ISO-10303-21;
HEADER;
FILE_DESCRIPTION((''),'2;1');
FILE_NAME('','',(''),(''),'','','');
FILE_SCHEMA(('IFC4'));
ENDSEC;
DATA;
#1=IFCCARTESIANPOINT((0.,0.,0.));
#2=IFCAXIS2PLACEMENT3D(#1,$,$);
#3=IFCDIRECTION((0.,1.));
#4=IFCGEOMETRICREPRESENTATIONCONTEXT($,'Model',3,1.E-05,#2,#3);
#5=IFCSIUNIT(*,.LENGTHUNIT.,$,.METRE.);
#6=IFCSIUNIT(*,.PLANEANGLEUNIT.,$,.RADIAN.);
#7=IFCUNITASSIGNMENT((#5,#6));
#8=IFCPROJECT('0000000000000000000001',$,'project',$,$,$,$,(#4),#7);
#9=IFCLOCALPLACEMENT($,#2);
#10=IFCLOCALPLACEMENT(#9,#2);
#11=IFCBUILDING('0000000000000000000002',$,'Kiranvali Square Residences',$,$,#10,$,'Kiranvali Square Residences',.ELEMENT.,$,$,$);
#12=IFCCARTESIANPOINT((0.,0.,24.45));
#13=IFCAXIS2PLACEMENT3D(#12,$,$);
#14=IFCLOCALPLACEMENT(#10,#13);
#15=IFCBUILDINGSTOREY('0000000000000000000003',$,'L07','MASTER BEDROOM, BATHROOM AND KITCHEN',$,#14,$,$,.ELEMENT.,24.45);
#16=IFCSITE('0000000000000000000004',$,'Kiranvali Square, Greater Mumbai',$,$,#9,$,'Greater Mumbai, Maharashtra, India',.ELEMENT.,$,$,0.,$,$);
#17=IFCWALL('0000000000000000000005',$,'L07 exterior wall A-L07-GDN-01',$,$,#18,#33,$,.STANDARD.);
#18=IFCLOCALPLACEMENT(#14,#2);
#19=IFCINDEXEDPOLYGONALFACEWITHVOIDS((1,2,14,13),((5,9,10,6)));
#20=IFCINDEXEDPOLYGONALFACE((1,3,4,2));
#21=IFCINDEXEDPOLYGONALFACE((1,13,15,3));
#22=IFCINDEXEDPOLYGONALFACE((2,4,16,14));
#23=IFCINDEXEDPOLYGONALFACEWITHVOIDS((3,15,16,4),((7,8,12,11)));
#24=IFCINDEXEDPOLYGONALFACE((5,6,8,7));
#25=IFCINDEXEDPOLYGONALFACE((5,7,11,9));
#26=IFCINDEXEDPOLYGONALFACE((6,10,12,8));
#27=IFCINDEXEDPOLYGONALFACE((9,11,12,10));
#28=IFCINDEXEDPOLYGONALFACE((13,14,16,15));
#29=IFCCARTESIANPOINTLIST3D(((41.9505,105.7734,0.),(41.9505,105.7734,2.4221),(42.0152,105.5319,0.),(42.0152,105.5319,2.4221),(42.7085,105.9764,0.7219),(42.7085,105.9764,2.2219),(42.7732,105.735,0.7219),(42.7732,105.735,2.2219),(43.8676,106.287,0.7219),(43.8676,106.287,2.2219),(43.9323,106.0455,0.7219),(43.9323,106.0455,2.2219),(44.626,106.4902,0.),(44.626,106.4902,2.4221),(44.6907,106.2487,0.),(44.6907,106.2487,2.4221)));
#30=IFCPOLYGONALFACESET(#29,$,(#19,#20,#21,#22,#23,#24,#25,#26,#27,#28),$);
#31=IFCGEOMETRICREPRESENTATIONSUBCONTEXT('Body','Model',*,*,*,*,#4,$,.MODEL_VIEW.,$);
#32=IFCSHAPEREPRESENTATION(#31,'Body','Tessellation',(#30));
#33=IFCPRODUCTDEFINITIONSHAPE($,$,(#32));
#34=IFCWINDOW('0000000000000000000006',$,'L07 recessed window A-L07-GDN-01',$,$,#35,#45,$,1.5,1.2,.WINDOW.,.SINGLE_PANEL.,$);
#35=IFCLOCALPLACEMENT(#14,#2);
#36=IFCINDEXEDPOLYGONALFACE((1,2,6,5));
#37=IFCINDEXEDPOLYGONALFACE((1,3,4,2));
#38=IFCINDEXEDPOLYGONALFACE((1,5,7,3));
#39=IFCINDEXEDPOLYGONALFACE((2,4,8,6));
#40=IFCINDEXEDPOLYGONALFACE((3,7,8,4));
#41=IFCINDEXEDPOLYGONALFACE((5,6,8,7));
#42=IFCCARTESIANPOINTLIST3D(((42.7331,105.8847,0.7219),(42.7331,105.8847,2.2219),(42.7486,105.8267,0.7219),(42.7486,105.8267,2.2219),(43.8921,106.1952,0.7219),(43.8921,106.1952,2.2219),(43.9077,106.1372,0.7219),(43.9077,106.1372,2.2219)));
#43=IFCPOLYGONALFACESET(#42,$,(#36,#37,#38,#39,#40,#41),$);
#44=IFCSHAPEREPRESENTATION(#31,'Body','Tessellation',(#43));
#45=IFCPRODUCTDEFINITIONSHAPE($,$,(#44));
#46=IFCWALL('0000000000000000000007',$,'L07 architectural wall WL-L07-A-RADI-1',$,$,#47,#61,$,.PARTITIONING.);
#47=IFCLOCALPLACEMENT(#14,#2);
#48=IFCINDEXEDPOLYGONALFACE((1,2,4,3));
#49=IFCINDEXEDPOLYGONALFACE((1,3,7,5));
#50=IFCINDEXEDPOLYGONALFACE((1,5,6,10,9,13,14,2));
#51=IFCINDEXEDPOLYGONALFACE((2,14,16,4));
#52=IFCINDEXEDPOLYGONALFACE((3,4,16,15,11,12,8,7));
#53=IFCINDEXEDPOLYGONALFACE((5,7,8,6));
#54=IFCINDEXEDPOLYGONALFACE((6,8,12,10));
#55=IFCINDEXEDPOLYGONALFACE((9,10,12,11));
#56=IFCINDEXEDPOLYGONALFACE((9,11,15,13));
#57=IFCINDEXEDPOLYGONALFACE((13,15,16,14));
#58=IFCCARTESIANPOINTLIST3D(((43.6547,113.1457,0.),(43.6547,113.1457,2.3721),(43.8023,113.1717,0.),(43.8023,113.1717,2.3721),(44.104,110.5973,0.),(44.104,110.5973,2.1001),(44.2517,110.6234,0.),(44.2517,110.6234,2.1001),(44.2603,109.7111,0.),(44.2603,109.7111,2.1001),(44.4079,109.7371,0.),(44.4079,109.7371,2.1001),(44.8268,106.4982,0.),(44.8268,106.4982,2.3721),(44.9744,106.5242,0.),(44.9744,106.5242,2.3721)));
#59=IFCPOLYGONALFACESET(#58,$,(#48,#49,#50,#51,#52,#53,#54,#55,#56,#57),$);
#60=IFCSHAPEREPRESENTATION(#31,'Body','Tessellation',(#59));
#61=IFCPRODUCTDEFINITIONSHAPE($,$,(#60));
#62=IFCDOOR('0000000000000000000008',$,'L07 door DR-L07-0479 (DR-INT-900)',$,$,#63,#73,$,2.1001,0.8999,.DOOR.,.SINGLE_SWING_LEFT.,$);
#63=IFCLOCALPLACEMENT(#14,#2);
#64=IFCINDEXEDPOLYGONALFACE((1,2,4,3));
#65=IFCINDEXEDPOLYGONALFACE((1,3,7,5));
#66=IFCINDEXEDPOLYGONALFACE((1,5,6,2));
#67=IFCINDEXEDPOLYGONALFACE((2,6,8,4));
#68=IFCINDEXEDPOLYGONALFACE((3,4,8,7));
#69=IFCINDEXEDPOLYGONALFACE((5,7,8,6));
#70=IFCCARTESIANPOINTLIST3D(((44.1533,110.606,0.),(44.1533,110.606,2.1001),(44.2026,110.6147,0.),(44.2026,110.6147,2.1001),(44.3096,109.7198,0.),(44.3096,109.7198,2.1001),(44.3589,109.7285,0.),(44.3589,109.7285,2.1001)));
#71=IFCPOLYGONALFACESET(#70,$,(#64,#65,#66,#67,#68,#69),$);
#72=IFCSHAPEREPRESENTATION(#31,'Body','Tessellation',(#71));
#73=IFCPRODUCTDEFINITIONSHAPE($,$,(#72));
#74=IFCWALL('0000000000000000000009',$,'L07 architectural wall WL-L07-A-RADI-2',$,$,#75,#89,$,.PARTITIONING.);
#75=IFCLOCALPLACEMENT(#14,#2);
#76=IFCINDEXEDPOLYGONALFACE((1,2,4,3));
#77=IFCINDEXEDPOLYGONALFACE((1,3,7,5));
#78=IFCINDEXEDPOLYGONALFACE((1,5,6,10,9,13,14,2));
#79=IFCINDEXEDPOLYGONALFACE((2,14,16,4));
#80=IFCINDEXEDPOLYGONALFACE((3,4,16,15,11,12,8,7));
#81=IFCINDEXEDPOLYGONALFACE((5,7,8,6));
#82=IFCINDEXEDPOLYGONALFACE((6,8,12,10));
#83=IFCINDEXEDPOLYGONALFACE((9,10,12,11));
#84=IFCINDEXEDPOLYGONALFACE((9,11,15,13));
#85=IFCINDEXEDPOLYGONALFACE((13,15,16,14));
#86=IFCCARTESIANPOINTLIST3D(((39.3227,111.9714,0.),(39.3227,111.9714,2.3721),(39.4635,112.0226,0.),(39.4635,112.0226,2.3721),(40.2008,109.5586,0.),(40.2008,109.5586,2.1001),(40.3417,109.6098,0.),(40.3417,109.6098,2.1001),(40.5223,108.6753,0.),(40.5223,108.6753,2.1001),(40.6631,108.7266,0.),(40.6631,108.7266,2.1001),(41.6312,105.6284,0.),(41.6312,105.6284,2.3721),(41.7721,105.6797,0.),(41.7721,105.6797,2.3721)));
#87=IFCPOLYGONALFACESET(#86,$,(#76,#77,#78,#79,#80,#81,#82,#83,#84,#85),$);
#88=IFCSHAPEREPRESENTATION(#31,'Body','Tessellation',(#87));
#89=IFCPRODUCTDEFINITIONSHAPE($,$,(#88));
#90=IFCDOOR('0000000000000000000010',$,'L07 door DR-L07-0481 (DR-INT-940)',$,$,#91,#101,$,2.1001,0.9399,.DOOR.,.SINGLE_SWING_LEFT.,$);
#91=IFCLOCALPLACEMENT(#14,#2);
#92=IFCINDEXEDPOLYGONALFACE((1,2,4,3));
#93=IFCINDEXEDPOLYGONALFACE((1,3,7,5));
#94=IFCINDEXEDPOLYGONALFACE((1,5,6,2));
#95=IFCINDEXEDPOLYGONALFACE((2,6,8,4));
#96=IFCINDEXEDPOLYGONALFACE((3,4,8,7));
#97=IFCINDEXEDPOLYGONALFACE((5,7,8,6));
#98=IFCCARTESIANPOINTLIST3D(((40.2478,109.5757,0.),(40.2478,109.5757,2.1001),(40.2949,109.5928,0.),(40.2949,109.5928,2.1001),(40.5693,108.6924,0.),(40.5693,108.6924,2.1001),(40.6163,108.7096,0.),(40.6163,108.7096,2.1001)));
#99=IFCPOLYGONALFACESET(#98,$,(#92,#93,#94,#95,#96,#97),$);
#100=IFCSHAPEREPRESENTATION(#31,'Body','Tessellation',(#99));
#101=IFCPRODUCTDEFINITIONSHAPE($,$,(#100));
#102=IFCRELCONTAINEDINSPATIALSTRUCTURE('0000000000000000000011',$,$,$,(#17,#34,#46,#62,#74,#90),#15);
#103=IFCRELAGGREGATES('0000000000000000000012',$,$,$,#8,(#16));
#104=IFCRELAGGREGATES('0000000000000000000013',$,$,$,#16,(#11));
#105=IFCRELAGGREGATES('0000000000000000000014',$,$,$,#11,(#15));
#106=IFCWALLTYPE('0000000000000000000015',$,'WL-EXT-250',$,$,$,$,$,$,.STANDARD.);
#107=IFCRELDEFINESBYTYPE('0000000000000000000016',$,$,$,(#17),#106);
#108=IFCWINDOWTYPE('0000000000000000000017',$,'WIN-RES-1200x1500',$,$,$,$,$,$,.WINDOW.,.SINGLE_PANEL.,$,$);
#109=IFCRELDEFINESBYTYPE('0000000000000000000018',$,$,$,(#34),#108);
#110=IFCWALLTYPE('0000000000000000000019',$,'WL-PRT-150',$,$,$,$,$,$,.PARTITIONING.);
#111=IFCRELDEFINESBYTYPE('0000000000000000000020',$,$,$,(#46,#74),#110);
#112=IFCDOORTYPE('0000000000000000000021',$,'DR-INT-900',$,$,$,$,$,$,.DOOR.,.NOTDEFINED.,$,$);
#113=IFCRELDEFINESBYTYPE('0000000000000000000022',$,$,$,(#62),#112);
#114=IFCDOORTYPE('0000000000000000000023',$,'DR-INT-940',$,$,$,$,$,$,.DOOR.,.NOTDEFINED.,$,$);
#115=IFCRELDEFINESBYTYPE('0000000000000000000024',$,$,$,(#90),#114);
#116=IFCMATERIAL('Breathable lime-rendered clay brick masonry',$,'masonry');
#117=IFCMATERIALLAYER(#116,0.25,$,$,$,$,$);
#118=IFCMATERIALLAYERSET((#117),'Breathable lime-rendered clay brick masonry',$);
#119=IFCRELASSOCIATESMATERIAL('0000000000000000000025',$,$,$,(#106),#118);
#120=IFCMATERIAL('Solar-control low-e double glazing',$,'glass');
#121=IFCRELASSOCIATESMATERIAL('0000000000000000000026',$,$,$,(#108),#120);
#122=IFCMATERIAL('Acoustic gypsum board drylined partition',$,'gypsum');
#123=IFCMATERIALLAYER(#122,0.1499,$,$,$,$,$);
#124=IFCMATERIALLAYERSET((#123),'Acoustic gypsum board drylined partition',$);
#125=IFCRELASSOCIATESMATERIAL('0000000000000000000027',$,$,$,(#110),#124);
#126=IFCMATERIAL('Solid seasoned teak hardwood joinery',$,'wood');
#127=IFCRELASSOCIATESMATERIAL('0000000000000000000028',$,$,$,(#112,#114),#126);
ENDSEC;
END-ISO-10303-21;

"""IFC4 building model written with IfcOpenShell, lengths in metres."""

from ifc_helpers import new_model, si_unit, direction, frame, frame_2d, origin, place, context, subcontext, project, spatial, rectangle, extrude, material, layer, layer_set, type_object, element, fill, save


model = new_model("IFC4")

# Units and contexts
model_context = context("Model", 3, precision=1e-05, world=origin(), true_north=direction((0.0, 1.0)))
body_context = subcontext(model_context, "Body", "Model", "MODEL_VIEW")
ifc_project = project(units=[si_unit("LENGTHUNIT", "METRE"), si_unit("PLANEANGLEUNIT", "RADIAN")], contexts=[model_context])

# Site, building, storey
site_placement = place(None, origin())
site = spatial("IfcSite", under=ifc_project, at=site_placement, Name="Kiranvali Square, Greater Mumbai", LongName="Greater Mumbai, Maharashtra, India", CompositionType="ELEMENT", RefElevation=0.0)
building_placement = place(site_placement, origin())
building = spatial("IfcBuilding", under=site, at=building_placement, Name="Kiranvali Square Residences", LongName="Kiranvali Square Residences", CompositionType="ELEMENT")
storey_placement = place(building_placement, frame((0.0, 0.0, 24.45)))
storey = spatial("IfcBuildingStorey", under=building, at=storey_placement, Name="L07", Description="MASTER BEDROOM, BATHROOM AND KITCHEN", CompositionType="ELEMENT", Elevation=24.45)

# Wall, opening, window
ifc_material_1 = material(Name="Breathable lime-rendered clay brick masonry", Category="masonry")
ifc_layer_1 = layer(ifc_material_1, 0.25)
ifc_layer_set_1 = layer_set([ifc_layer_1], Name="Breathable lime-rendered clay brick masonry")
wall_type_1 = type_object("IfcWallType", Name="WL-EXT-250", PredefinedType="STANDARD", material=ifc_layer_set_1)
wall_1_placement = place(storey_placement, frame((44.6582, 106.3694, 0.0), z_axis=(0.0, 0.0, 1.0), x_axis=(-0.965936, -0.258782, 0.0)))
wall_1 = element("IfcWall", 1, at=wall_1_placement, inside=storey, type_object=wall_type_1, Name="L07 exterior wall A-L07-GDN-01", PredefinedType="STANDARD", context=body_context, shape_type="SweptSolid", body=[
    extrude(rectangle(XDim=2.7698, YDim=0.25, at=frame_2d((1.3848, 0.0))), origin(), (0.0, 0.0, 1.0), 2.4221),
])
opening_1_placement = place(wall_1_placement, frame((0.7849, 0.0, 0.7219)))
opening_1 = element("IfcOpeningElement", 2, at=opening_1_placement, cuts=wall_1, PredefinedType="OPENING", context=body_context, shape_type="SweptSolid", body=[
    extrude(rectangle(XDim=1.2, YDim=1.5, at=frame_2d((0.6001, 0.75))), frame((0.0, 0.135, 0.0), z_axis=(0.0, -1.0, 0.0), x_axis=(1.0, 0.0, 0.0)), (0.0, 0.0, 1.0), 0.27),
])
ifc_material_2 = material(Name="Solar-control low-e double glazing", Category="glass")
window_type = type_object("IfcWindowType", Name="WIN-RES-1200x1500", PartitioningType="SINGLE_PANEL", PredefinedType="WINDOW", material=ifc_material_2)
window_placement = place(opening_1_placement, origin())
window = element("IfcWindow", 3, at=window_placement, inside=storey, type_object=window_type, Name="L07 recessed window A-L07-GDN-01", OverallHeight=1.5, OverallWidth=1.2, PartitioningType="SINGLE_PANEL", PredefinedType="WINDOW", context=body_context, shape_type="SweptSolid", body=[
    extrude(rectangle(XDim=1.2, YDim=1.5, at=frame_2d((0.6001, 0.75))), frame((0.0, 0.03, 0.0), z_axis=(0.0, -1.0, 0.0), x_axis=(1.0, 0.0, 0.0)), (0.0, 0.0, 1.0), 0.0601),
])
fill(opening_1, window)

# Walls, openings, doors
ifc_material_3 = material(Name="Acoustic gypsum board drylined partition", Category="gypsum")
ifc_layer_2 = layer(ifc_material_3, 0.1499)
ifc_layer_set_2 = layer_set([ifc_layer_2], Name="Acoustic gypsum board drylined partition")
wall_type_2 = type_object("IfcWallType", Name="WL-PRT-150", PredefinedType="PARTITIONING", material=ifc_layer_set_2)
wall_2_placement = place(storey_placement, frame((44.9006, 106.5112, 0.0), z_axis=(0.0, 0.0, 1.0), x_axis=(-0.173647, 0.984808, 0.0)))
wall_2 = element("IfcWall", 4, at=wall_2_placement, inside=storey, type_object=wall_type_2, Name="L07 architectural wall WL-L07-A-RADI-1", PredefinedType="PARTITIONING", context=body_context, shape_type="SweptSolid", body=[
    extrude(rectangle(XDim=6.75, YDim=0.1499, at=frame_2d((3.375, 0.0))), origin(), (0.0, 0.0, 1.0), 2.3721),
])
opening_2_placement = place(wall_2_placement, frame((3.2625, 0.0, 0.0)))
opening_2 = element("IfcOpeningElement", 5, at=opening_2_placement, cuts=wall_2, PredefinedType="OPENING", context=body_context, shape_type="SweptSolid", body=[
    extrude(rectangle(XDim=0.8999, YDim=2.1001, at=frame_2d((0.45, 1.05))), frame((0.0, 0.085, 0.0), z_axis=(0.0, -1.0, 0.0), x_axis=(1.0, 0.0, 0.0)), (0.0, 0.0, 1.0), 0.1699),
])
ifc_material_4 = material(Name="Solid seasoned teak hardwood joinery", Category="wood")
door_type_1 = type_object("IfcDoorType", Name="DR-INT-900", OperationType="NOTDEFINED", PredefinedType="DOOR", material=ifc_material_4)
door_1_placement = place(opening_2_placement, origin())
door_1 = element("IfcDoor", 6, at=door_1_placement, inside=storey, type_object=door_type_1, Name="L07 door DR-L07-0479 (DR-INT-900)", OperationType="SINGLE_SWING_LEFT", OverallHeight=2.1001, OverallWidth=0.8999, PredefinedType="DOOR", context=body_context, shape_type="SweptSolid", body=[
    extrude(rectangle(XDim=0.8999, YDim=2.1001, at=frame_2d((0.45, 1.05))), frame((0.0, 0.0249, 0.0), z_axis=(0.0, -1.0, 0.0), x_axis=(1.0, 0.0, 0.0)), (0.0, 0.0, 1.0), 0.05),
])
fill(opening_2, door_1)
wall_3_placement = place(storey_placement, frame((41.7017, 105.6541, 0.0), z_axis=(0.0, 0.0, 1.0), x_axis=(-0.34201, 0.939696, 0.0)))
wall_3 = element("IfcWall", 7, at=wall_3_placement, inside=storey, type_object=wall_type_2, Name="L07 architectural wall WL-L07-A-RADI-2", PredefinedType="PARTITIONING", context=body_context, shape_type="SweptSolid", body=[
    extrude(rectangle(XDim=6.75, YDim=0.1499, at=frame_2d((3.375, 0.0))), origin(), (0.0, 0.0, 1.0), 2.3721),
])
opening_3_placement = place(wall_3_placement, frame((3.2424, 0.0, 0.0)))
opening_3 = element("IfcOpeningElement", 8, at=opening_3_placement, cuts=wall_3, PredefinedType="OPENING", context=body_context, shape_type="SweptSolid", body=[
    extrude(rectangle(XDim=0.9399, YDim=2.1001, at=frame_2d((0.47, 1.05))), frame((0.0, 0.085, 0.0), z_axis=(0.0, -1.0, 0.0), x_axis=(1.0, 0.0, 0.0)), (0.0, 0.0, 1.0), 0.1699),
])
door_type_2 = type_object("IfcDoorType", Name="DR-INT-940", OperationType="NOTDEFINED", PredefinedType="DOOR", material=ifc_material_4)
door_2_placement = place(opening_3_placement, origin())
door_2 = element("IfcDoor", 9, at=door_2_placement, inside=storey, type_object=door_type_2, Name="L07 door DR-L07-0481 (DR-INT-940)", OperationType="SINGLE_SWING_LEFT", OverallHeight=2.1001, OverallWidth=0.9399, PredefinedType="DOOR", context=body_context, shape_type="SweptSolid", body=[
    extrude(rectangle(XDim=0.9399, YDim=2.1001, at=frame_2d((0.47, 1.05))), frame((0.0, 0.0249, 0.0), z_axis=(0.0, -1.0, 0.0), x_axis=(1.0, 0.0, 0.0)), (0.0, 0.0, 1.0), 0.05),
])
fill(opening_3, door_2)

save(model, "model.ifc")
